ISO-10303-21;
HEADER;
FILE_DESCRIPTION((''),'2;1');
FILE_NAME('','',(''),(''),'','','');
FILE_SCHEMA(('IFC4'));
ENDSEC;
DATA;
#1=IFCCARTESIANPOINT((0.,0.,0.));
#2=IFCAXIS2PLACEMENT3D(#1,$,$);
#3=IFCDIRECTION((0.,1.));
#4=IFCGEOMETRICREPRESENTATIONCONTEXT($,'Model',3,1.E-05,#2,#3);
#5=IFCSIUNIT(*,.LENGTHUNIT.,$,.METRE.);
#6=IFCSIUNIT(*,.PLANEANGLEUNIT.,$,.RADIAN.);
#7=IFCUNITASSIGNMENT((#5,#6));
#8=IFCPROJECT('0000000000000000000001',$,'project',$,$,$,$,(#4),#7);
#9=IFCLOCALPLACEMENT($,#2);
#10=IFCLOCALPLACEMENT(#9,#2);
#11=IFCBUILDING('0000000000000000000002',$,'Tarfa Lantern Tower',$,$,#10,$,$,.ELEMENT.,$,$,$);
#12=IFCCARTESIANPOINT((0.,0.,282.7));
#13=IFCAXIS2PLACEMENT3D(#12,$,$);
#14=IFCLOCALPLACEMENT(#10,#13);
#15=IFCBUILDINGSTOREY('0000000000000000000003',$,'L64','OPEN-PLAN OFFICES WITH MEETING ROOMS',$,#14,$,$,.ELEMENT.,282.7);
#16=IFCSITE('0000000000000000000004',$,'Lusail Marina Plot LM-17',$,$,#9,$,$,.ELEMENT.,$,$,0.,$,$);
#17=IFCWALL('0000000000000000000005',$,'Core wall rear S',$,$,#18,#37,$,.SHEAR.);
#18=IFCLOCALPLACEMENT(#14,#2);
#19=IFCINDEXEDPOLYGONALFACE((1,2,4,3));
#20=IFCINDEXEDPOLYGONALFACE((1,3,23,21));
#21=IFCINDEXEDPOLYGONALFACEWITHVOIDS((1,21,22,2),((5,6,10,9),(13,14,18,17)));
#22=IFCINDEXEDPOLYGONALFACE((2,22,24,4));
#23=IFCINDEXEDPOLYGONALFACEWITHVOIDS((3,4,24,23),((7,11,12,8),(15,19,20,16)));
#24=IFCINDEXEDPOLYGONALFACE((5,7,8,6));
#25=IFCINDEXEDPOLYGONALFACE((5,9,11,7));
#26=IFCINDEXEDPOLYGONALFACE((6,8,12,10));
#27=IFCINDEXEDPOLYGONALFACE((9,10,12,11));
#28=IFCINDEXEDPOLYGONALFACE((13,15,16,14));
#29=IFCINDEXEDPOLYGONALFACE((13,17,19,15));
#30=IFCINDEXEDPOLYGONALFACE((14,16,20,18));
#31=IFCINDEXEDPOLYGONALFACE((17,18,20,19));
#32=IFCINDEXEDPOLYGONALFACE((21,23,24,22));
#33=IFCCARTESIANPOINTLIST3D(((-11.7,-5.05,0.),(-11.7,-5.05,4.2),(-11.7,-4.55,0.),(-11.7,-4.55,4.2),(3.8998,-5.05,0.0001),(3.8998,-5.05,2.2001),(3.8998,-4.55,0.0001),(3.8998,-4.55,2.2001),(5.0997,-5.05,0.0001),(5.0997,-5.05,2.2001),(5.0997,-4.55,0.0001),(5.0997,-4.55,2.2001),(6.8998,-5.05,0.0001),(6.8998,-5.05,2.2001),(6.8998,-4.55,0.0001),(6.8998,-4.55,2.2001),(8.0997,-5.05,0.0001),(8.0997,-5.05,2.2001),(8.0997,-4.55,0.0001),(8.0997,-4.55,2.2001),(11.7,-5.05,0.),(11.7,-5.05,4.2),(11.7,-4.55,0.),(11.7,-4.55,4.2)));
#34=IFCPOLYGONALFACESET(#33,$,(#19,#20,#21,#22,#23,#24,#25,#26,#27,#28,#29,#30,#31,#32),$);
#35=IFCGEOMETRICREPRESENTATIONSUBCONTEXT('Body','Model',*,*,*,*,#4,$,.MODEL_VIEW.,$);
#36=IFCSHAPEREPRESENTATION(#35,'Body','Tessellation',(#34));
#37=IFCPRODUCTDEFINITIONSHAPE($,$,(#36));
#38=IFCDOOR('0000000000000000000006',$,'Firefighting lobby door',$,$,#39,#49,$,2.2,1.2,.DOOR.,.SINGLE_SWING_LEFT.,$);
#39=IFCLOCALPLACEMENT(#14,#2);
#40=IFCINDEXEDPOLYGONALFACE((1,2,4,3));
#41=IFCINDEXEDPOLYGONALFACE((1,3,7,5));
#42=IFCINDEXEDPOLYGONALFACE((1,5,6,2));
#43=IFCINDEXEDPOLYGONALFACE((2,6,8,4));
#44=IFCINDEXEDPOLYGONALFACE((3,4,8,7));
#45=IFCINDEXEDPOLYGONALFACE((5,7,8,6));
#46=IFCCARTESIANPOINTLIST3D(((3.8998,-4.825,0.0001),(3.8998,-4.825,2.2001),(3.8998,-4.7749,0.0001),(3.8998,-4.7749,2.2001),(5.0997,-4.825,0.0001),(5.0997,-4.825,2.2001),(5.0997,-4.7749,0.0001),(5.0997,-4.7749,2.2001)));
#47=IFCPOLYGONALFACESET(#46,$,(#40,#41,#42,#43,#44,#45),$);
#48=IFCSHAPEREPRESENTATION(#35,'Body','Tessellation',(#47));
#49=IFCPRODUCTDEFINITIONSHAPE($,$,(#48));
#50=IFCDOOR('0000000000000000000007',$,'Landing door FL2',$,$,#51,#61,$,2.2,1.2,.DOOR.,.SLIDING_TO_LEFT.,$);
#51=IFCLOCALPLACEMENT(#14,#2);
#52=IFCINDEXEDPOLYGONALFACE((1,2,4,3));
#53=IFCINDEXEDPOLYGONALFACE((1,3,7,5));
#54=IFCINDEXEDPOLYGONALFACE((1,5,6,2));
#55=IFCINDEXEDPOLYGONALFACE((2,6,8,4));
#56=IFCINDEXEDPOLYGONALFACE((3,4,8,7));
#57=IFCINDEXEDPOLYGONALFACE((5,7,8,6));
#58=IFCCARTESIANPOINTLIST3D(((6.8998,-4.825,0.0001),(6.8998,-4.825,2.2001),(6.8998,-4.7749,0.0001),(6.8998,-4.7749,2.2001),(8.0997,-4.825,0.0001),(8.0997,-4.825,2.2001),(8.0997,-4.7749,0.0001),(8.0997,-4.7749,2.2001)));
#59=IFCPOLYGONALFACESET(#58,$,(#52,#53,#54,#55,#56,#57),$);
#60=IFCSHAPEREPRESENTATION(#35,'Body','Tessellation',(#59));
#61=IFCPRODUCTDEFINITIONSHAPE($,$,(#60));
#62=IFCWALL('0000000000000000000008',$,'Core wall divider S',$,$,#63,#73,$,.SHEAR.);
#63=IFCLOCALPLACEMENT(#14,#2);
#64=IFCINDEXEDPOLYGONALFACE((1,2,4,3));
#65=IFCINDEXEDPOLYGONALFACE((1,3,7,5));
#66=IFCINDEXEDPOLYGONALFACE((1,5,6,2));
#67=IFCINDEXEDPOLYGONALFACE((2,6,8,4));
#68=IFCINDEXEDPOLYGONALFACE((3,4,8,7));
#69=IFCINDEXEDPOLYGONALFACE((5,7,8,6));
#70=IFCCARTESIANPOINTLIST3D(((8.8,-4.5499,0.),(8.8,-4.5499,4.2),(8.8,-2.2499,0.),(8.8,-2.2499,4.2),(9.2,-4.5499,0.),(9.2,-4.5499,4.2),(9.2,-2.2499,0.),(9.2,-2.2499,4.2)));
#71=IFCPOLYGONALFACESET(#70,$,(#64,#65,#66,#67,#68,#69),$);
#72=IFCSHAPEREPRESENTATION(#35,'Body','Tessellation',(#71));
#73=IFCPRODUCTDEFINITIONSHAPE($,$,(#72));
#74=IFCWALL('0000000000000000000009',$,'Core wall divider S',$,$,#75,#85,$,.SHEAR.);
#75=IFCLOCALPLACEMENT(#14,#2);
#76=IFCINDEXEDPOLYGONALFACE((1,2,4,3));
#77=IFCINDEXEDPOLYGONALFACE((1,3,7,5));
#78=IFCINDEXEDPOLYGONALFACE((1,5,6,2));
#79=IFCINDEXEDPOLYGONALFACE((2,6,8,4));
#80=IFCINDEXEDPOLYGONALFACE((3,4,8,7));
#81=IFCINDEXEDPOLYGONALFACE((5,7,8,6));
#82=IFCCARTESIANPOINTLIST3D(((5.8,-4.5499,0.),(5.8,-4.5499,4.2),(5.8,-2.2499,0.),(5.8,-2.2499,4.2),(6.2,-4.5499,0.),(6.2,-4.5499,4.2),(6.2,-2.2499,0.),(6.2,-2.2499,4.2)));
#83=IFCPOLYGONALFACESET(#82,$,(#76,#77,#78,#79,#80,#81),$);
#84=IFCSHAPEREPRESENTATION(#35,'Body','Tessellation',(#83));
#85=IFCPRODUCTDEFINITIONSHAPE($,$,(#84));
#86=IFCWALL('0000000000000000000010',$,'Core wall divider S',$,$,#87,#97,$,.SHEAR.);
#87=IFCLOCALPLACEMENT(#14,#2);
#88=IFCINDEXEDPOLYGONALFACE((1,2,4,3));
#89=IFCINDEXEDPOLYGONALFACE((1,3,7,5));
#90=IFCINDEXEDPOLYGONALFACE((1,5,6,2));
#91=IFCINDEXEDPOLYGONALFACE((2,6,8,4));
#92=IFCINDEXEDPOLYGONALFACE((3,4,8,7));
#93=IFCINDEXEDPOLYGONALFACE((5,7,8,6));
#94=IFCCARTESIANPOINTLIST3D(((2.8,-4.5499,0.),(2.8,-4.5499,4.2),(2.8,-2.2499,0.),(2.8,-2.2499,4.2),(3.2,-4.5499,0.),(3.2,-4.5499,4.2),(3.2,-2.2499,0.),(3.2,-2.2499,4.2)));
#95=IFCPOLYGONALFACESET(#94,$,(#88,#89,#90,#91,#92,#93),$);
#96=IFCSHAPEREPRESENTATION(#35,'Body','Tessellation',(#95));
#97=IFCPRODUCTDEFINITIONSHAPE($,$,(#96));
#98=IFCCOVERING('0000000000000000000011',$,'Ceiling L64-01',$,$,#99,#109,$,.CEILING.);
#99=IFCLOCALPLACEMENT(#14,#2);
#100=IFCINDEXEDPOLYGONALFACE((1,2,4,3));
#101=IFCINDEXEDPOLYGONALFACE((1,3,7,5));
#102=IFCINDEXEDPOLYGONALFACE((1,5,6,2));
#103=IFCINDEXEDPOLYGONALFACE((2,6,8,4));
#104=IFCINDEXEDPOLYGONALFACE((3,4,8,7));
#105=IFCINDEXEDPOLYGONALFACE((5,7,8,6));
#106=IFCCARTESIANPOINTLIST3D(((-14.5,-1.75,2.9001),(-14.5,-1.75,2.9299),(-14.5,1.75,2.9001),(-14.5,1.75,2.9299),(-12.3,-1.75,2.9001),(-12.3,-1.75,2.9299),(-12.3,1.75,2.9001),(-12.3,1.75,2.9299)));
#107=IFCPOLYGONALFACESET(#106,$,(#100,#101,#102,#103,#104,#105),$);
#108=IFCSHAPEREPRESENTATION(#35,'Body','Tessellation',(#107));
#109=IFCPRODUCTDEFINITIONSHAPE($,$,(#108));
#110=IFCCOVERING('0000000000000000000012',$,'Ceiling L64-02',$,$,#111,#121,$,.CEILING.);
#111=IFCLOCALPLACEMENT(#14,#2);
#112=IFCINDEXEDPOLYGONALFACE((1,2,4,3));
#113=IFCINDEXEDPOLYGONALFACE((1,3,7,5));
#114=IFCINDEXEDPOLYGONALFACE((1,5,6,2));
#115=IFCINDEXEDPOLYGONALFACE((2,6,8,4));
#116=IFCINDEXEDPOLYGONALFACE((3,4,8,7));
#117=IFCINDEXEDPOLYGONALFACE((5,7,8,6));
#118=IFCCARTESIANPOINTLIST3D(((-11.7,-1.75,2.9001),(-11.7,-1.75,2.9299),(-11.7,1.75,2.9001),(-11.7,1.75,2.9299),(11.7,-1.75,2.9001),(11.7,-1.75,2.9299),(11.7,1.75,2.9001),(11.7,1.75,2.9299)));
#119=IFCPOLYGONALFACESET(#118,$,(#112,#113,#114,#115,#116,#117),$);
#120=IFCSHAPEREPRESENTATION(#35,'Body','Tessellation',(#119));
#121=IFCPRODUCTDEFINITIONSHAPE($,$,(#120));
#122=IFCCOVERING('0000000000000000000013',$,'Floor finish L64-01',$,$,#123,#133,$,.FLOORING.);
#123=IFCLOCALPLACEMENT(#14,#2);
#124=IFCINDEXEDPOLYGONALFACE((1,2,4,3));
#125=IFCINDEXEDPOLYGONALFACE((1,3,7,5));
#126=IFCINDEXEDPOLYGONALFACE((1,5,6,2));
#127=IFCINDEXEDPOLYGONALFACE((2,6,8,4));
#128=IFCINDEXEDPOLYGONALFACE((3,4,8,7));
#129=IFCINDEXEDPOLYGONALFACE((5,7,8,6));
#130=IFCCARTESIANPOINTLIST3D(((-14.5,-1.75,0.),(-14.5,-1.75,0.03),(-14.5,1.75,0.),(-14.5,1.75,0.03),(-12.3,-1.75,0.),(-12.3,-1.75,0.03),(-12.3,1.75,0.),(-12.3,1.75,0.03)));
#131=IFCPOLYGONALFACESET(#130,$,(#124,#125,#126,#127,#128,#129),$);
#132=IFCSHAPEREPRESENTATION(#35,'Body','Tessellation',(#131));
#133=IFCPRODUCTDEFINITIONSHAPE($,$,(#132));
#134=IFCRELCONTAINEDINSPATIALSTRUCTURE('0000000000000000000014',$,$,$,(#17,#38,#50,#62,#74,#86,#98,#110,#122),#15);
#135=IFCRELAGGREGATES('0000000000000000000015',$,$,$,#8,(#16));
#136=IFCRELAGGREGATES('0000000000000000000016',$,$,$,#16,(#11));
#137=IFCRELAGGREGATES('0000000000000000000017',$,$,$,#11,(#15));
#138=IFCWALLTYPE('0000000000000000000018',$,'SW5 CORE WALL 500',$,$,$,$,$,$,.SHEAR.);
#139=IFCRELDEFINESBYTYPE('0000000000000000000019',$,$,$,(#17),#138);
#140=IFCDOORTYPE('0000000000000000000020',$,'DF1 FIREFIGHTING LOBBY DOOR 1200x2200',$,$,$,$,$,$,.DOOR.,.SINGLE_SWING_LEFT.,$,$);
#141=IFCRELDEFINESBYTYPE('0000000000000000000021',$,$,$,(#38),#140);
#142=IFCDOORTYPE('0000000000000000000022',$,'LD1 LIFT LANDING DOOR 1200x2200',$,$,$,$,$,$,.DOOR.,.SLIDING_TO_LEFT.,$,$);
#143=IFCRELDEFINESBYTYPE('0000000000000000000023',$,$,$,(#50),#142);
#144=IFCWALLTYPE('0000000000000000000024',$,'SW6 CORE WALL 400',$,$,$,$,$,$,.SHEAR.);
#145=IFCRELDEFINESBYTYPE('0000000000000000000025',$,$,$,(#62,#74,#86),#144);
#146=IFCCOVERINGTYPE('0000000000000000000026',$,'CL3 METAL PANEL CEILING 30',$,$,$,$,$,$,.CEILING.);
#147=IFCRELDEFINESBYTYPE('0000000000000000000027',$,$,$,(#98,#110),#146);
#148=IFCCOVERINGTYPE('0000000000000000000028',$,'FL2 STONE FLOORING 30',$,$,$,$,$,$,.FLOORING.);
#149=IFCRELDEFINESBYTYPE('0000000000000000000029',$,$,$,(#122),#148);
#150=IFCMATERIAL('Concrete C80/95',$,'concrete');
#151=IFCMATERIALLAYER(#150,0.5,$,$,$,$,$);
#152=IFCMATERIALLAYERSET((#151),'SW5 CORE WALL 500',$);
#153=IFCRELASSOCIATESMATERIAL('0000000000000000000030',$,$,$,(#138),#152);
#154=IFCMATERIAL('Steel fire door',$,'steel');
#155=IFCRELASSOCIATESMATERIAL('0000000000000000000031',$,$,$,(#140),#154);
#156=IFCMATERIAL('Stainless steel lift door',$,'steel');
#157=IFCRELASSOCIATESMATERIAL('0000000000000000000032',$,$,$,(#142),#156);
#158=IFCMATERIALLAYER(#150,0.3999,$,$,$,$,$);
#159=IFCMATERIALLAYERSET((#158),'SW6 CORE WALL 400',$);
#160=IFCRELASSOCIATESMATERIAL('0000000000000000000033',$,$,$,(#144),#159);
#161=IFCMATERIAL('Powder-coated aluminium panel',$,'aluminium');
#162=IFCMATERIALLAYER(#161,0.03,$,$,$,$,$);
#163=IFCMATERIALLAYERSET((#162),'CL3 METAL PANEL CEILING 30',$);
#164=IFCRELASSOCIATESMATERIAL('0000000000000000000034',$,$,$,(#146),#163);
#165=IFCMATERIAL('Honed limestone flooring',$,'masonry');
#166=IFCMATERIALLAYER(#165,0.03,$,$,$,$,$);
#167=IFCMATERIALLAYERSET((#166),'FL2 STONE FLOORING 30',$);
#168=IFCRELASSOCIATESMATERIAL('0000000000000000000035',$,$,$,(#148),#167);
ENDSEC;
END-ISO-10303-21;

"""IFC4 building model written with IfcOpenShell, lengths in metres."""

from ifc_helpers import new_model, si_unit, direction, frame, frame_2d, origin, place, context, subcontext, project, spatial, polyline, rectangle, outline, extrude, material, layer, layer_set, type_object, element, fill, save


model = new_model("IFC4")

# Units and contexts
model_context = context("Model", 3, precision=1e-05, world=origin(), true_north=direction((0.0, 1.0)))
body_context = subcontext(model_context, "Body", "Model", "MODEL_VIEW")
ifc_project = project(units=[si_unit("LENGTHUNIT", "METRE"), si_unit("PLANEANGLEUNIT", "RADIAN")], contexts=[model_context])

# Site, building, storey
site_placement = place(None, origin())
site = spatial("IfcSite", under=ifc_project, at=site_placement, Name="Lusail Marina Plot LM-17", CompositionType="ELEMENT", RefElevation=0.0)
building_placement = place(site_placement, origin())
building = spatial("IfcBuilding", under=site, at=building_placement, Name="Tarfa Lantern Tower", CompositionType="ELEMENT")
storey_placement = place(building_placement, frame((0.0, 0.0, 282.7)))
storey = spatial("IfcBuildingStorey", under=building, at=storey_placement, Name="L64", Description="OPEN-PLAN OFFICES WITH MEETING ROOMS", CompositionType="ELEMENT", Elevation=282.7)

# Shared definitions
ifc_material_1 = material(Name="Concrete C80/95", Category="concrete")
ifc_layer_1 = layer(ifc_material_1, 0.5)
ifc_layer_set_1 = layer_set([ifc_layer_1], Name="SW5 CORE WALL 500")
wall_type_1 = type_object("IfcWallType", Name="SW5 CORE WALL 500", PredefinedType="SHEAR", material=ifc_layer_set_1)

# Wall, openings, doors
ifc_material_2 = material(Name="Stainless steel lift door", Category="steel")
wall_1_placement = place(storey_placement, frame((11.7, -4.8, 0.0), z_axis=(0.0, 0.0, 1.0), x_axis=(-1.0, 0.0, 0.0)))
wall_1 = element("IfcWall", 1, at=wall_1_placement, inside=storey, type_object=wall_type_1, Name="Core wall rear S", PredefinedType="SHEAR", context=body_context, shape_type="SweptSolid", body=[
    extrude(rectangle(XDim=23.3999, YDim=0.5, at=frame_2d((11.7, 0.0))), origin(), (0.0, 0.0, 1.0), 4.2),
])
opening_1_placement = place(wall_1_placement, frame((6.6001, 0.0, 0.0)))
opening_1 = element("IfcOpeningElement", 2, at=opening_1_placement, cuts=wall_1, PredefinedType="OPENING", context=body_context, shape_type="SweptSolid", body=[
    extrude(rectangle(XDim=1.2, YDim=2.2, at=frame_2d((0.6001, 1.1001))), frame((0.0, 0.26, 0.0), z_axis=(0.0, -1.0, 0.0), x_axis=(1.0, 0.0, 0.0)), (0.0, 0.0, 1.0), 0.52),
])
opening_2_placement = place(wall_1_placement, frame((3.6001, 0.0, 0.0)))
opening_2 = element("IfcOpeningElement", 3, at=opening_2_placement, cuts=wall_1, PredefinedType="OPENING", context=body_context, shape_type="SweptSolid", body=[
    extrude(rectangle(XDim=1.2, YDim=2.2, at=frame_2d((0.6001, 1.1001))), frame((0.0, 0.26, 0.0), z_axis=(0.0, -1.0, 0.0), x_axis=(1.0, 0.0, 0.0)), (0.0, 0.0, 1.0), 0.52),
])
ifc_material_3 = material(Name="Steel fire door", Category="steel")
door_type_1 = type_object("IfcDoorType", Name="DF1 FIREFIGHTING LOBBY DOOR 1200x2200", OperationType="SINGLE_SWING_LEFT", PredefinedType="DOOR", material=ifc_material_3)
door_1_placement = place(opening_1_placement, origin())
door_1 = element("IfcDoor", 4, at=door_1_placement, inside=storey, type_object=door_type_1, Name="Firefighting lobby door", OperationType="SINGLE_SWING_LEFT", OverallHeight=2.2, OverallWidth=1.2, PredefinedType="DOOR", context=body_context, shape_type="SweptSolid", body=[
    extrude(rectangle(XDim=1.2, YDim=2.2, at=frame_2d((0.6001, 1.1001))), frame((0.0, 0.0249, 0.0), z_axis=(0.0, -1.0, 0.0), x_axis=(1.0, 0.0, 0.0)), (0.0, 0.0, 1.0), 0.05),
])
fill(opening_1, door_1)
door_type_2 = type_object("IfcDoorType", Name="LD1 LIFT LANDING DOOR 1200x2200", OperationType="SLIDING_TO_LEFT", PredefinedType="DOOR", material=ifc_material_2)
door_2_placement = place(opening_2_placement, origin())
door_2 = element("IfcDoor", 5, at=door_2_placement, inside=storey, type_object=door_type_2, Name="Landing door FL2", OperationType="SLIDING_TO_LEFT", OverallHeight=2.2, OverallWidth=1.2, PredefinedType="DOOR", context=body_context, shape_type="SweptSolid", body=[
    extrude(rectangle(XDim=1.2, YDim=2.2, at=frame_2d((0.6001, 1.1001))), frame((0.0, 0.0249, 0.0), z_axis=(0.0, -1.0, 0.0), x_axis=(1.0, 0.0, 0.0)), (0.0, 0.0, 1.0), 0.05),
])
fill(opening_2, door_2)

# Walls
ifc_layer_2 = layer(ifc_material_1, 0.3999)
ifc_layer_set_2 = layer_set([ifc_layer_2], Name="SW6 CORE WALL 400")
wall_type_2 = type_object("IfcWallType", Name="SW6 CORE WALL 400", PredefinedType="SHEAR", material=ifc_layer_set_2)
for number, where, z_axis, x_axis, name in (
    (6, (9.0, -2.25, 0.0), (0.0, 0.0, 1.0), (0.0, -1.0, 0.0), "Core wall divider S"),
    (7, (6.0, -2.25, 0.0), (0.0, 0.0, 1.0), (0.0, -1.0, 0.0), "Core wall divider S"),
    (8, (3.0, -2.25, 0.0), (0.0, 0.0, 1.0), (0.0, -1.0, 0.0), "Core wall divider S"),
):
    element("IfcWall", number, at=place(storey_placement, frame(where, z_axis=z_axis, x_axis=x_axis)), inside=storey, type_object=wall_type_2, Name=name, PredefinedType="SHEAR", context=body_context, shape_type="SweptSolid", body=[
        extrude(rectangle(XDim=2.3, YDim=0.3999, at=frame_2d((1.1499, 0.0))), origin(), (0.0, 0.0, 1.0), 4.2),
    ])

# Coverings
ifc_material_4 = material(Name="Powder-coated aluminium panel", Category="aluminium")
ifc_layer_3 = layer(ifc_material_4, 0.03)
ifc_layer_set_3 = layer_set([ifc_layer_3], Name="CL3 METAL PANEL CEILING 30")
covering_type_1 = type_object("IfcCoveringType", Name="CL3 METAL PANEL CEILING 30", PredefinedType="CEILING", material=ifc_layer_set_3)
covering_1_placement = place(storey_placement, frame((0.0, 0.0, 2.9001)))
element("IfcCovering", 9, at=covering_1_placement, inside=storey, type_object=covering_type_1, Name="Ceiling L64-01", PredefinedType="CEILING", context=body_context, shape_type="SweptSolid", body=[
    extrude(outline(polyline([(-14.5, -1.75), (-12.3, -1.75), (-12.3, 1.75), (-14.5, 1.75), (-14.5, -1.75)])), origin(), (0.0, 0.0, 1.0), 0.0298),
])
covering_2_placement = place(storey_placement, frame((0.0, 0.0, 2.9001)))
element("IfcCovering", 10, at=covering_2_placement, inside=storey, type_object=covering_type_1, Name="Ceiling L64-02", PredefinedType="CEILING", context=body_context, shape_type="SweptSolid", body=[
    extrude(outline(polyline([(-11.7, -1.75), (11.7, -1.75), (11.7, 1.75), (-11.7, 1.75), (-11.7, -1.75)])), origin(), (0.0, 0.0, 1.0), 0.0298),
])
ifc_material_5 = material(Name="Honed limestone flooring", Category="masonry")
ifc_layer_4 = layer(ifc_material_5, 0.03)
ifc_layer_set_4 = layer_set([ifc_layer_4], Name="FL2 STONE FLOORING 30")
covering_type_2 = type_object("IfcCoveringType", Name="FL2 STONE FLOORING 30", PredefinedType="FLOORING", material=ifc_layer_set_4)
covering_3_placement = place(storey_placement, origin())
element("IfcCovering", 11, at=covering_3_placement, inside=storey, type_object=covering_type_2, Name="Floor finish L64-01", PredefinedType="FLOORING", context=body_context, shape_type="SweptSolid", body=[
    extrude(outline(polyline([(-14.5, -1.75), (-12.3, -1.75), (-12.3, 1.75), (-14.5, 1.75), (-14.5, -1.75)])), origin(), (0.0, 0.0, 1.0), 0.03),
])

save(model, "model.ifc")
